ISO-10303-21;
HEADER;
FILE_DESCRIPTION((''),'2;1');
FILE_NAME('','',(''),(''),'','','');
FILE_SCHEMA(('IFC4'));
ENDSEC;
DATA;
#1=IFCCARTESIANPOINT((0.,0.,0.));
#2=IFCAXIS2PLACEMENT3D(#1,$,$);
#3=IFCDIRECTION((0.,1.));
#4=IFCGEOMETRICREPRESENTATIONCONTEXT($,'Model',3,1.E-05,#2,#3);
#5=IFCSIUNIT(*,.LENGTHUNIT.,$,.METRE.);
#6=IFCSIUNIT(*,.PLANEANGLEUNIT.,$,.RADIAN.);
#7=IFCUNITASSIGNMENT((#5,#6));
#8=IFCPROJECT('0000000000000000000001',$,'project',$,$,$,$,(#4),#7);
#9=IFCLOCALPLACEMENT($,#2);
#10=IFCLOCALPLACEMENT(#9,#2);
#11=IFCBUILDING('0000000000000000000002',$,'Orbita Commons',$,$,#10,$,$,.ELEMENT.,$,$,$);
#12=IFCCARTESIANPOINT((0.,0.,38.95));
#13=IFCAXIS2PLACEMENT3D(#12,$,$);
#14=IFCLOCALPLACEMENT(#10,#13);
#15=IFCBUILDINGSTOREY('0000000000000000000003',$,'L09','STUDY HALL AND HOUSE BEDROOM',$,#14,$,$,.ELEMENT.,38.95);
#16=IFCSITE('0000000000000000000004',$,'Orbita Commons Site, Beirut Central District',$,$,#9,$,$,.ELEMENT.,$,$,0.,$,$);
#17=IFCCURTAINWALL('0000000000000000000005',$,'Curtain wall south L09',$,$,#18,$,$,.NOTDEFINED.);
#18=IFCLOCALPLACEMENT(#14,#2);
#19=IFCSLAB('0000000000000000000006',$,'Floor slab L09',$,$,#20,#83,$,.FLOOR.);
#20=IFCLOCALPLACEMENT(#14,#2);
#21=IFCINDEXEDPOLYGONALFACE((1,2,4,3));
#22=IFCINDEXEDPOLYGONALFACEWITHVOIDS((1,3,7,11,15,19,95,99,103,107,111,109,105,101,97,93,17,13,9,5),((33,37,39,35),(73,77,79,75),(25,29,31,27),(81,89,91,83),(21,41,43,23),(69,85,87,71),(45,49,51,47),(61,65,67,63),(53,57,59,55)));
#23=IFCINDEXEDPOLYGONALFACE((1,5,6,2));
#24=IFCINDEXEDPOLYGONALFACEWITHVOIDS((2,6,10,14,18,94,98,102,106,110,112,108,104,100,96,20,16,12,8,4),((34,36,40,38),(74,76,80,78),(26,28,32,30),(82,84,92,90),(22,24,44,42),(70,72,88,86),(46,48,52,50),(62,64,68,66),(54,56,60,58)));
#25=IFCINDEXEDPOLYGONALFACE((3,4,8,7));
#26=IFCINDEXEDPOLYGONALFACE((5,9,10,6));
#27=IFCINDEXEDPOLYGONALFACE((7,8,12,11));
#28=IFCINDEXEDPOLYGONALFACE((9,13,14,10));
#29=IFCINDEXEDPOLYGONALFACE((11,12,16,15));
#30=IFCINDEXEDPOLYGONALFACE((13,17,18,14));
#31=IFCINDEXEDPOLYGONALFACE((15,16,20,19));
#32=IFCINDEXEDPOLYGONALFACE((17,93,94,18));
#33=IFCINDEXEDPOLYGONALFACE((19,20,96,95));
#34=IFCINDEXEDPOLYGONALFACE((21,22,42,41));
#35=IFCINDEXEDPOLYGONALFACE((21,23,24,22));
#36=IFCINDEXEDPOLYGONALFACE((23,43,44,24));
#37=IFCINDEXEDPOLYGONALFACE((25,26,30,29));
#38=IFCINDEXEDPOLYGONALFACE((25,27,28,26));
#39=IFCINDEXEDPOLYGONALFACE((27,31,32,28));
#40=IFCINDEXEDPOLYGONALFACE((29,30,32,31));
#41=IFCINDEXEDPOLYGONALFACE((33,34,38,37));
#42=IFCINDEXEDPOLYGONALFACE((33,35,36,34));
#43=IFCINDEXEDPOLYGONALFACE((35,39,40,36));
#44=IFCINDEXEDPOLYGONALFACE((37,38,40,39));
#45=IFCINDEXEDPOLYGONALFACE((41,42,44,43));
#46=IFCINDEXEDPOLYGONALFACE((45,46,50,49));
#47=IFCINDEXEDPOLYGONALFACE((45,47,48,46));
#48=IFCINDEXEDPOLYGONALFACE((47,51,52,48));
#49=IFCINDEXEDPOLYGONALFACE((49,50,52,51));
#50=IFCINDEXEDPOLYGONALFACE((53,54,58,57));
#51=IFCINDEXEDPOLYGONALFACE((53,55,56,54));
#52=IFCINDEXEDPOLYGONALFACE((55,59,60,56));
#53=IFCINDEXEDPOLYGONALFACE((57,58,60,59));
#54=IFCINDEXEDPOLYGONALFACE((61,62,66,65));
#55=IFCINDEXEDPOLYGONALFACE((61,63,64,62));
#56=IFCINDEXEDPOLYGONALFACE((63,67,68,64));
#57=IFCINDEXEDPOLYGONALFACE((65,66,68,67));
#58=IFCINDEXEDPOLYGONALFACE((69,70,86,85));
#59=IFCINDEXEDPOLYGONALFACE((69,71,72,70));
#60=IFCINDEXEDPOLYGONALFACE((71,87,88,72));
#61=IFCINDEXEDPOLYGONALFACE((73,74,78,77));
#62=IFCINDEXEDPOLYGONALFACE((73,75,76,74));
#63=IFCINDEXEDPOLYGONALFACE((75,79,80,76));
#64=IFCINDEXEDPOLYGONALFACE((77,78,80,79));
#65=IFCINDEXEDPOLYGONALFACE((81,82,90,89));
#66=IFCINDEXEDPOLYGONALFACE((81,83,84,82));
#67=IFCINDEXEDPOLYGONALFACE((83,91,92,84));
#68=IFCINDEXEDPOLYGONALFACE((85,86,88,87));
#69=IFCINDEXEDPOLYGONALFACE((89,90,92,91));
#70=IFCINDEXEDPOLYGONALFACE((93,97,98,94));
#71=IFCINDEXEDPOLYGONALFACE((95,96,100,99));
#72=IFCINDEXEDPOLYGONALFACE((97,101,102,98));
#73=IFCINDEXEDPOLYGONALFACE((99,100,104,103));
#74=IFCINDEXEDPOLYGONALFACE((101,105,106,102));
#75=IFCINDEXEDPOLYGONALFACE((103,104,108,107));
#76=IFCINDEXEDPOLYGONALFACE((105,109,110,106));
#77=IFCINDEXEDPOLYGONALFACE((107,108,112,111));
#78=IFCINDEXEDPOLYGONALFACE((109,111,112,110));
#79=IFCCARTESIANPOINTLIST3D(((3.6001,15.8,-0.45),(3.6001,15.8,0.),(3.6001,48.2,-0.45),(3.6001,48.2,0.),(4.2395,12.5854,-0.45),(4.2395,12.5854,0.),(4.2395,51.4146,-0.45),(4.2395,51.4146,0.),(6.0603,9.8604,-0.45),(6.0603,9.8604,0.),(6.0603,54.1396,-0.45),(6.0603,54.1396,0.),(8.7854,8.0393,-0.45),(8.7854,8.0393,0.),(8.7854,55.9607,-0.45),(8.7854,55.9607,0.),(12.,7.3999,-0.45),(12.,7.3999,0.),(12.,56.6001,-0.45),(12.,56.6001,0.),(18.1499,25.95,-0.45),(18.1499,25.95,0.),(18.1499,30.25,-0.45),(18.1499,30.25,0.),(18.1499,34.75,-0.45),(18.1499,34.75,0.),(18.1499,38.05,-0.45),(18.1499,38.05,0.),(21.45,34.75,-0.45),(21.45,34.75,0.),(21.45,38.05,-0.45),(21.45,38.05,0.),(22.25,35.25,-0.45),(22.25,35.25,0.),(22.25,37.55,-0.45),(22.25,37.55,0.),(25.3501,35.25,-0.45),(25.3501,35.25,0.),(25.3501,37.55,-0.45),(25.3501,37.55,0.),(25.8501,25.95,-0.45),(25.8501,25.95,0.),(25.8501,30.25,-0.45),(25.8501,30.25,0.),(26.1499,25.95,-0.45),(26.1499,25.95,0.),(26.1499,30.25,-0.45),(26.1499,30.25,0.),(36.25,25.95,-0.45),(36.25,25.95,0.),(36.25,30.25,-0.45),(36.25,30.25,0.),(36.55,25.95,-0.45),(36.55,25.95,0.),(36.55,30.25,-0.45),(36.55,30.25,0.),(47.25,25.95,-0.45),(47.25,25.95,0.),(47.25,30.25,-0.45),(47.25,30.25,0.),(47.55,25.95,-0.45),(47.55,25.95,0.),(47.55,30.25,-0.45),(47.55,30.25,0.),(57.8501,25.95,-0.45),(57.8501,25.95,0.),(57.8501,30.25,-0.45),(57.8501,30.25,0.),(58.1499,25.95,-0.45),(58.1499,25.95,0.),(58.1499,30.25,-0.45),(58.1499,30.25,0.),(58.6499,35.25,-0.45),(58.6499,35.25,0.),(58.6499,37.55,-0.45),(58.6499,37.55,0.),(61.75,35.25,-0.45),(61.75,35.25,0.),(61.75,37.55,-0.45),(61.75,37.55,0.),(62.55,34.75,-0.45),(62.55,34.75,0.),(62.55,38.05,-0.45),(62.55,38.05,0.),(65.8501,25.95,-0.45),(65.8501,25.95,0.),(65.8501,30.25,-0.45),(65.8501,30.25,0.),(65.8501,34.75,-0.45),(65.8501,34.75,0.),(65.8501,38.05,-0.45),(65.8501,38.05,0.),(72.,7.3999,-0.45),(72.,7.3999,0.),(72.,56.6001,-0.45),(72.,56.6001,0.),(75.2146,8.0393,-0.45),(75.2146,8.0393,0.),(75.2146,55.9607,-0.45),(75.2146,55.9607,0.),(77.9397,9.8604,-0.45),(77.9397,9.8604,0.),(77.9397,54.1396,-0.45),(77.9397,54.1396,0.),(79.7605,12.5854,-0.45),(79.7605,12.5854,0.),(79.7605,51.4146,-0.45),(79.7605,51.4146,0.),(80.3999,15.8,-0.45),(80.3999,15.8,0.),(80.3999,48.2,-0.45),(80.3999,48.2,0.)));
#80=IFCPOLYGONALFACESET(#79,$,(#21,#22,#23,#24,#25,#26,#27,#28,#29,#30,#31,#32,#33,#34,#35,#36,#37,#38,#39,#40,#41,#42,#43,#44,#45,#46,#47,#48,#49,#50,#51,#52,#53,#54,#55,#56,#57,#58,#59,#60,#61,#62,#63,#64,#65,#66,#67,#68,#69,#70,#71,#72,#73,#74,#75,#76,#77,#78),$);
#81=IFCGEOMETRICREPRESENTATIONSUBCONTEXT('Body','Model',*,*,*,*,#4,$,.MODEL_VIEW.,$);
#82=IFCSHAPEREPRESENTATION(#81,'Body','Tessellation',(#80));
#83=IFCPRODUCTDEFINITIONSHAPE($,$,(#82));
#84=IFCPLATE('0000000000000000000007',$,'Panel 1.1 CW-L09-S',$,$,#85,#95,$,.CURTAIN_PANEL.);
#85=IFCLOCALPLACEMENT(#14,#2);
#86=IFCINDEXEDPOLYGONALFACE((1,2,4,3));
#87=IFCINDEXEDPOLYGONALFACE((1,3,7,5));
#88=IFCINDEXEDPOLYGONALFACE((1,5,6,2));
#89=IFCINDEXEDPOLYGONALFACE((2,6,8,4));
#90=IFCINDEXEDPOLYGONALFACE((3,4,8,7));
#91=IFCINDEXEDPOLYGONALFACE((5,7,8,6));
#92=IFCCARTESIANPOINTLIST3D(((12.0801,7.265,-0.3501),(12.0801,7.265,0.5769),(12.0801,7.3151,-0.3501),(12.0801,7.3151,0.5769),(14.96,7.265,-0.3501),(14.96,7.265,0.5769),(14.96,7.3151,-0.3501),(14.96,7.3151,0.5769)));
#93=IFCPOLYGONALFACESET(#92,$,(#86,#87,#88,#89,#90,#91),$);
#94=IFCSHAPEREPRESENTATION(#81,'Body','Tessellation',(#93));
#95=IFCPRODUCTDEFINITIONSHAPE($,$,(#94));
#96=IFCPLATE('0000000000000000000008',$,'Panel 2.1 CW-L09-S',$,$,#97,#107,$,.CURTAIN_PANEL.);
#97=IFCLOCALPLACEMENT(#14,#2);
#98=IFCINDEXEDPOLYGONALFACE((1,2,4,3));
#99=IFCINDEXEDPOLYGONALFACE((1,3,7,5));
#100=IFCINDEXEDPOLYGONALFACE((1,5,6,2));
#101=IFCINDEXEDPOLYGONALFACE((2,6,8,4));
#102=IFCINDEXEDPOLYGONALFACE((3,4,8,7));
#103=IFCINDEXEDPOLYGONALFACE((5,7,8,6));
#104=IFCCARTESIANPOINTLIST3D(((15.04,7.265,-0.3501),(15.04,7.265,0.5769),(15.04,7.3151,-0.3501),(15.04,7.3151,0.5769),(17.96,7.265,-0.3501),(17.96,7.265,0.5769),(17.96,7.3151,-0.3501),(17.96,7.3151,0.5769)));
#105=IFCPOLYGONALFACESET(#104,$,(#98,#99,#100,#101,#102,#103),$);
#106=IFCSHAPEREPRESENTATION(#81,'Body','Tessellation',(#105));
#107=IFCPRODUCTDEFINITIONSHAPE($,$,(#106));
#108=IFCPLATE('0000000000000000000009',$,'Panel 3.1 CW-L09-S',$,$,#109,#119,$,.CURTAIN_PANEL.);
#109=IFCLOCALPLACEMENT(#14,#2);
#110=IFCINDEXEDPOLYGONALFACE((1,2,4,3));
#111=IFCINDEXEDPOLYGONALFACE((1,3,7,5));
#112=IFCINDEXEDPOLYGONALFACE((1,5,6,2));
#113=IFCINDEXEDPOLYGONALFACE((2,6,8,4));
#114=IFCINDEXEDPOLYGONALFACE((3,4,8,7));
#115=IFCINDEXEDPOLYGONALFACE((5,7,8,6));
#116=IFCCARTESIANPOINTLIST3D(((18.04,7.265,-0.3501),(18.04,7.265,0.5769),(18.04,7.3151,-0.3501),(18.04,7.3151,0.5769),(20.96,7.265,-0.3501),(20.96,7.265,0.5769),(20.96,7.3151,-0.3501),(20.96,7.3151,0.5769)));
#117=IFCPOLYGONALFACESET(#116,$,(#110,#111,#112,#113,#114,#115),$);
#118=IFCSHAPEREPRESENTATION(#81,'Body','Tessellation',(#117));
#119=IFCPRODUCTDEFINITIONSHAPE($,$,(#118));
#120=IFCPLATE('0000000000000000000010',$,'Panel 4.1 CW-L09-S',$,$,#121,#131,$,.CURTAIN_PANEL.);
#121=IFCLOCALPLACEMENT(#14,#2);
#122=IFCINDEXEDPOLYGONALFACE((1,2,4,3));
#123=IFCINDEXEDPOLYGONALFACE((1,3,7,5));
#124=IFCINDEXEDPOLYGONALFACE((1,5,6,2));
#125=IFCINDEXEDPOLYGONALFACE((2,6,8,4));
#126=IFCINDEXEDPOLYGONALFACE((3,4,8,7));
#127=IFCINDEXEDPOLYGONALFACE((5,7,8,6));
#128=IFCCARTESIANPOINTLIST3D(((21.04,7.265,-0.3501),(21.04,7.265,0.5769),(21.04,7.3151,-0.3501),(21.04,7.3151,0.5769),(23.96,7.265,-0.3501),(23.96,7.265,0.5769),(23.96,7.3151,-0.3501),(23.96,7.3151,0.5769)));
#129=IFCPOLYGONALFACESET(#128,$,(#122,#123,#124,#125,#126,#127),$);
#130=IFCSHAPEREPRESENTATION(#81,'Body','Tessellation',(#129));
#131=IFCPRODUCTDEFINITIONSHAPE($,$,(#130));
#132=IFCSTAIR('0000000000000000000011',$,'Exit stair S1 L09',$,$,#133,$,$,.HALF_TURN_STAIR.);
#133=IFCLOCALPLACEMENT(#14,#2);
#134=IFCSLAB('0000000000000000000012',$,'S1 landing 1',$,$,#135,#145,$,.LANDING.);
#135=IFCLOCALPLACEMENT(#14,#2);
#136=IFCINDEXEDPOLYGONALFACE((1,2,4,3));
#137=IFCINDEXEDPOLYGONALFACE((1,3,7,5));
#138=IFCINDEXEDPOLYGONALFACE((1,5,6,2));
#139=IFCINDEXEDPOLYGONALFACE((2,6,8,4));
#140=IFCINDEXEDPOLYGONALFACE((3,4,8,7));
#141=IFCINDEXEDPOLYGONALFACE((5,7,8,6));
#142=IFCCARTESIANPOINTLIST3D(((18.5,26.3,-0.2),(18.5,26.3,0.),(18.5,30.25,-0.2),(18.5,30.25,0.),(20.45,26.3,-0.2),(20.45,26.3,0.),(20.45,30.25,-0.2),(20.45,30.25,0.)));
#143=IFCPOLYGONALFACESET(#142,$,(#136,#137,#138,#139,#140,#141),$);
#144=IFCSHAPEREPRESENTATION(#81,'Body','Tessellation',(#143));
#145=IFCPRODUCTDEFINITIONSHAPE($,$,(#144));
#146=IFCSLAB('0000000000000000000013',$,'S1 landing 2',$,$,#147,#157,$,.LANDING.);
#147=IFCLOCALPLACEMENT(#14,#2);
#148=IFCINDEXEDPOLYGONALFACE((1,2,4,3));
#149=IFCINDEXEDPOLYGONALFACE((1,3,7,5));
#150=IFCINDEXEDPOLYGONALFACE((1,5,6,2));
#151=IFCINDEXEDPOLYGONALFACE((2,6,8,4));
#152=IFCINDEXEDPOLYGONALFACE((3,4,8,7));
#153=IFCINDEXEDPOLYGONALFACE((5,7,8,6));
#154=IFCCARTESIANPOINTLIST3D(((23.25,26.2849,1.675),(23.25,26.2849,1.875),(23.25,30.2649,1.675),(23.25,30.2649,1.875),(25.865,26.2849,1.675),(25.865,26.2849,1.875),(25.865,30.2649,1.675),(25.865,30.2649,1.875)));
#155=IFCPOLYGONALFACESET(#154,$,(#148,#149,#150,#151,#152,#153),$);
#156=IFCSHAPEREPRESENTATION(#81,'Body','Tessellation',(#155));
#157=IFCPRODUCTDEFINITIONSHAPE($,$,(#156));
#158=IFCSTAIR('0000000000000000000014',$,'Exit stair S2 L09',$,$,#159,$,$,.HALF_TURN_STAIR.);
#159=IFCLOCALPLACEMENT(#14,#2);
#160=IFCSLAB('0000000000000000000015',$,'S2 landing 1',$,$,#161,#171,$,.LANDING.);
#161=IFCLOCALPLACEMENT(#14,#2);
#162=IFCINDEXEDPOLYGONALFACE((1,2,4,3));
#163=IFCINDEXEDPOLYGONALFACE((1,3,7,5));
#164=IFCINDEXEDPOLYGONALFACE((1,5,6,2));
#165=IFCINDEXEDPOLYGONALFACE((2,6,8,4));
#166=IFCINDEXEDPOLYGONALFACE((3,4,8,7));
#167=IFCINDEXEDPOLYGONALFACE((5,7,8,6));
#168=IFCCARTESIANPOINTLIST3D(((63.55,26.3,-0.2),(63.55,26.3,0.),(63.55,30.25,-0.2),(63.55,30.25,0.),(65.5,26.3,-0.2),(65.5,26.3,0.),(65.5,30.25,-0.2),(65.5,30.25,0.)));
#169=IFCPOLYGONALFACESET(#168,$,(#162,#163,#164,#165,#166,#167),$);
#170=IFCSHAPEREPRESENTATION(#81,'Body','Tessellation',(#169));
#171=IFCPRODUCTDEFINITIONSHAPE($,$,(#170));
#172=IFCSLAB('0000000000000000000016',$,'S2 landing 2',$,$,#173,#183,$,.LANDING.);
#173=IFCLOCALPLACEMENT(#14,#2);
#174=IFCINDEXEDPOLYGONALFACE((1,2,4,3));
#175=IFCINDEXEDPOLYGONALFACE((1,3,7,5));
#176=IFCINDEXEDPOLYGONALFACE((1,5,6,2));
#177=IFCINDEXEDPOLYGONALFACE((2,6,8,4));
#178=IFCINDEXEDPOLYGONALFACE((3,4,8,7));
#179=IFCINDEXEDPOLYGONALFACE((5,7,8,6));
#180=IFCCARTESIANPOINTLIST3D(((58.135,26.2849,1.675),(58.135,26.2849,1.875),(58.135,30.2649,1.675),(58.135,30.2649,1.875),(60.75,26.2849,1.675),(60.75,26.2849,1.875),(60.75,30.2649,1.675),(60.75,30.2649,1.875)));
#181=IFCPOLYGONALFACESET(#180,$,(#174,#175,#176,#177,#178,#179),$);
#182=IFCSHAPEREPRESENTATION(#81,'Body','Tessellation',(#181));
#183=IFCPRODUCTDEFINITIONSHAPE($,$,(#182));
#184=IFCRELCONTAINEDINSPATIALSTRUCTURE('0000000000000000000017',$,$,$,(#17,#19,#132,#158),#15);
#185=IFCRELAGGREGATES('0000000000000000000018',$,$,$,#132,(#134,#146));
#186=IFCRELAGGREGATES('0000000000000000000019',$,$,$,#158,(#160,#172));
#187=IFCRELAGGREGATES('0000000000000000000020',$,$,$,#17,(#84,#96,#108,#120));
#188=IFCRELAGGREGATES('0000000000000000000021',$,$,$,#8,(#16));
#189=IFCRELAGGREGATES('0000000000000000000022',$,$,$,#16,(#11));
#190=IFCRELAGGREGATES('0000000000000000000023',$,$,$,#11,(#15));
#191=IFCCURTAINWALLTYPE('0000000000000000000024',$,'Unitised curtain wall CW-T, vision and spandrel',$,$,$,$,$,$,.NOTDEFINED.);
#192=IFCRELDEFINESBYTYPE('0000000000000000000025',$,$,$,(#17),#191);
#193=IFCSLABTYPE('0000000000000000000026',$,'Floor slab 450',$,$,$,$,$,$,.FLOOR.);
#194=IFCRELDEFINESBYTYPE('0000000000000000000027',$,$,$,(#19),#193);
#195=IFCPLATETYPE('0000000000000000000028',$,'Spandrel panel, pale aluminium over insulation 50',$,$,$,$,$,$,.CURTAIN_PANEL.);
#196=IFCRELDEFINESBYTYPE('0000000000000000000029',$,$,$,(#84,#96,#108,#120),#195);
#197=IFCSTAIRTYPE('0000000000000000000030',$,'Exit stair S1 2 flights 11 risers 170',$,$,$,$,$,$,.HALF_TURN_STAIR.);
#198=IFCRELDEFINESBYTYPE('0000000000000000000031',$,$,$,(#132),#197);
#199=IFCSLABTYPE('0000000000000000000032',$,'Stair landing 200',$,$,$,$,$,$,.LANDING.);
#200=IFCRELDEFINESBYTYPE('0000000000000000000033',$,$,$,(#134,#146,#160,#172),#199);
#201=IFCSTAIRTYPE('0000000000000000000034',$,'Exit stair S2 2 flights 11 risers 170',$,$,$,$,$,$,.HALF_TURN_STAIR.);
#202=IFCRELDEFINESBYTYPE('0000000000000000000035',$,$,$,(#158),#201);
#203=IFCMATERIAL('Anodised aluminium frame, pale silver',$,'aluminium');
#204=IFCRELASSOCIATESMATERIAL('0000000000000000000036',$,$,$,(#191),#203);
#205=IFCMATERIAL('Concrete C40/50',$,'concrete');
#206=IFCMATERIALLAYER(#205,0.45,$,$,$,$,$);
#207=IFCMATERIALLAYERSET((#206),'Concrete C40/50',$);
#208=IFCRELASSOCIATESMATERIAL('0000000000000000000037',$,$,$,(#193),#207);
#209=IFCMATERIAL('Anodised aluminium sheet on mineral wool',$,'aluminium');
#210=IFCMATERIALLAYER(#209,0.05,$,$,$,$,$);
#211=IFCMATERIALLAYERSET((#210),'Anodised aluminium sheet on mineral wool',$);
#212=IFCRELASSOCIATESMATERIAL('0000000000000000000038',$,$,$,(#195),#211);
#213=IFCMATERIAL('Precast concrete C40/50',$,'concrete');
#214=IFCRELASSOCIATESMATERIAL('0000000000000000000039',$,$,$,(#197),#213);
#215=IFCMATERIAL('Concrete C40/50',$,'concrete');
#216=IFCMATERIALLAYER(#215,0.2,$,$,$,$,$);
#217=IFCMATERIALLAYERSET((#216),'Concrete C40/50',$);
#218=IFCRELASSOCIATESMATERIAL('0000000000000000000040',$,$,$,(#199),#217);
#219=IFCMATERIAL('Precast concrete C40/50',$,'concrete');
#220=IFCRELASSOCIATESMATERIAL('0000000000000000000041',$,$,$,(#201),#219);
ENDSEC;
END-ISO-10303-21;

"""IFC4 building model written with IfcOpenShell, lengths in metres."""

from ifc_helpers import new_model, si_unit, direction, frame, origin, origin_2d, place, context, subcontext, project, spatial, polyline, rectangle, outline, extrude, material, layer, layer_set, type_object, element, aggregate, save


model = new_model("IFC4")

# Units and contexts
model_context = context("Model", 3, precision=1e-05, world=origin(), true_north=direction((0.0, 1.0)))
body_context = subcontext(model_context, "Body", "Model", "MODEL_VIEW")
ifc_project = project(units=[si_unit("LENGTHUNIT", "METRE"), si_unit("PLANEANGLEUNIT", "RADIAN")], contexts=[model_context])

# Site, building, storey
site_placement = place(None, origin())
site = spatial("IfcSite", under=ifc_project, at=site_placement, Name="Orbita Commons Site, Beirut Central District", CompositionType="ELEMENT", RefElevation=0.0)
building_placement = place(site_placement, origin())
building = spatial("IfcBuilding", under=site, at=building_placement, Name="Orbita Commons", CompositionType="ELEMENT")
storey_placement = place(building_placement, frame((0.0, 0.0, 38.95)))
storey = spatial("IfcBuildingStorey", under=building, at=storey_placement, Name="L09", Description="STUDY HALL AND HOUSE BEDROOM", CompositionType="ELEMENT", Elevation=38.95)

# Curtain wall
ifc_material_1 = material(Name="Anodised aluminium frame, pale silver", Category="aluminium")
curtain_wall_type = type_object("IfcCurtainWallType", Name="Unitised curtain wall CW-T, vision and spandrel", PredefinedType="NOTDEFINED", material=ifc_material_1)
curtain_wall_placement = place(storey_placement, origin())
curtain_wall = element("IfcCurtainWall", 1, at=curtain_wall_placement, inside=storey, type_object=curtain_wall_type, Name="Curtain wall south L09", PredefinedType="NOTDEFINED")

# Slab
ifc_material_2 = material(Name="Concrete C40/50", Category="concrete")
ifc_layer_1 = layer(ifc_material_2, 0.45)
ifc_layer_set_1 = layer_set([ifc_layer_1], Name="Concrete C40/50")
slab_type_1 = type_object("IfcSlabType", Name="Floor slab 450", PredefinedType="FLOOR", material=ifc_layer_set_1)
slab_1_placement = place(storey_placement, frame((0.0, 0.0, -0.45)))
element("IfcSlab", 2, at=slab_1_placement, inside=storey, type_object=slab_type_1, Name="Floor slab L09", PredefinedType="FLOOR", context=body_context, shape_type="SweptSolid", body=[
    extrude(outline(polyline([(72.0, 7.3999), (75.2146, 8.0393), (77.9397, 9.8604), (79.7605, 12.5854), (80.3999, 15.8), (80.3999, 48.2), (79.7605, 51.4146), (77.9397, 54.1396), (75.2146, 55.9607), (72.0, 56.6001), (12.0, 56.6001), (8.7854, 55.9607), (6.0603, 54.1396), (4.2395, 51.4146), (3.6001, 48.2), (3.6001, 15.8), (4.2395, 12.5854), (6.0603, 9.8604), (8.7854, 8.0393), (12.0, 7.3999), (72.0, 7.3999)]), holes=[polyline([(18.1499, 25.95), (25.8501, 25.95), (25.8501, 30.25), (18.1499, 30.25), (18.1499, 25.95)]), polyline([(58.1499, 25.95), (65.8501, 25.95), (65.8501, 30.25), (58.1499, 30.25), (58.1499, 25.95)]), polyline([(18.1499, 34.75), (21.45, 34.75), (21.45, 38.05), (18.1499, 38.05), (18.1499, 34.75)]), polyline([(62.55, 34.75), (65.8501, 34.75), (65.8501, 38.05), (62.55, 38.05), (62.55, 34.75)]), polyline([(22.25, 35.25), (25.3501, 35.25), (25.3501, 37.55), (22.25, 37.55), (22.25, 35.25)]), polyline([(58.6499, 35.25), (61.75, 35.25), (61.75, 37.55), (58.6499, 37.55), (58.6499, 35.25)]), polyline([(26.1499, 25.95), (36.25, 25.95), (36.25, 30.25), (26.1499, 30.25), (26.1499, 25.95)]), polyline([(36.55, 25.95), (47.25, 25.95), (47.25, 30.25), (36.55, 30.25), (36.55, 25.95)]), polyline([(47.55, 25.95), (57.8501, 25.95), (57.8501, 30.25), (47.55, 30.25), (47.55, 25.95)])]), origin(), (0.0, 0.0, 1.0), 0.45),
])

# Plates
ifc_material_3 = material(Name="Anodised aluminium sheet on mineral wool", Category="aluminium")
ifc_layer_2 = layer(ifc_material_3, 0.05)
ifc_layer_set_2 = layer_set([ifc_layer_2], Name="Anodised aluminium sheet on mineral wool")
plate_type_1 = type_object("IfcPlateType", Name="Spandrel panel, pale aluminium over insulation 50", PredefinedType="CURTAIN_PANEL", material=ifc_layer_set_2)
plate_1_placement = place(storey_placement, frame((13.52, 7.29, -0.3501), z_axis=(0.0, 0.0, 1.0), x_axis=(1.0, 0.0, 0.0)))
plate_1 = element("IfcPlate", 3, at=plate_1_placement, type_object=plate_type_1, Name="Panel 1.1 CW-L09-S", PredefinedType="CURTAIN_PANEL", context=body_context, shape_type="SweptSolid", body=[
    extrude(rectangle(XDim=2.8799, YDim=0.05, at=origin_2d()), origin(), (0.0, 0.0, 1.0), 0.927),
])
plate_2_placement = place(storey_placement, frame((16.5, 7.29, -0.3501), z_axis=(0.0, 0.0, 1.0), x_axis=(1.0, 0.0, 0.0)))
plate_2 = element("IfcPlate", 4, at=plate_2_placement, type_object=plate_type_1, Name="Panel 2.1 CW-L09-S", PredefinedType="CURTAIN_PANEL", context=body_context, shape_type="SweptSolid", body=[
    extrude(rectangle(XDim=2.9199, YDim=0.05, at=origin_2d()), origin(), (0.0, 0.0, 1.0), 0.927),
])
plate_3_placement = place(storey_placement, frame((19.5, 7.29, -0.3501), z_axis=(0.0, 0.0, 1.0), x_axis=(1.0, 0.0, 0.0)))
plate_3 = element("IfcPlate", 5, at=plate_3_placement, type_object=plate_type_1, Name="Panel 3.1 CW-L09-S", PredefinedType="CURTAIN_PANEL", context=body_context, shape_type="SweptSolid", body=[
    extrude(rectangle(XDim=2.9199, YDim=0.05, at=origin_2d()), origin(), (0.0, 0.0, 1.0), 0.927),
])
plate_4_placement = place(storey_placement, frame((22.5, 7.29, -0.3501), z_axis=(0.0, 0.0, 1.0), x_axis=(1.0, 0.0, 0.0)))
plate_4 = element("IfcPlate", 6, at=plate_4_placement, type_object=plate_type_1, Name="Panel 4.1 CW-L09-S", PredefinedType="CURTAIN_PANEL", context=body_context, shape_type="SweptSolid", body=[
    extrude(rectangle(XDim=2.9199, YDim=0.05, at=origin_2d()), origin(), (0.0, 0.0, 1.0), 0.927),
])

# Stairs, slabs
ifc_material_4 = material(Name="Precast concrete C40/50", Category="concrete")
stair_type_1 = type_object("IfcStairType", Name="Exit stair S1 2 flights 11 risers 170", PredefinedType="HALF_TURN_STAIR", material=ifc_material_4)
stair_1_placement = place(storey_placement, origin())
stair_1 = element("IfcStair", 7, at=stair_1_placement, inside=storey, type_object=stair_type_1, Name="Exit stair S1 L09", PredefinedType="HALF_TURN_STAIR")
ifc_material_5 = material(Name="Concrete C40/50", Category="concrete")
ifc_layer_3 = layer(ifc_material_5, 0.2)
ifc_layer_set_3 = layer_set([ifc_layer_3], Name="Concrete C40/50")
slab_type_2 = type_object("IfcSlabType", Name="Stair landing 200", PredefinedType="LANDING", material=ifc_layer_set_3)
slab_2_placement = place(storey_placement, frame((0.0, 0.0, -0.2)))
slab_2 = element("IfcSlab", 8, at=slab_2_placement, type_object=slab_type_2, Name="S1 landing 1", PredefinedType="LANDING", context=body_context, shape_type="SweptSolid", body=[
    extrude(outline(polyline([(18.5, 26.3), (20.45, 26.3), (20.45, 30.25), (18.5, 30.25), (18.5, 26.3)])), origin(), (0.0, 0.0, 1.0), 0.2),
])
slab_3_placement = place(storey_placement, frame((0.0, 0.0, 1.675)))
slab_3 = element("IfcSlab", 9, at=slab_3_placement, type_object=slab_type_2, Name="S1 landing 2", PredefinedType="LANDING", context=body_context, shape_type="SweptSolid", body=[
    extrude(outline(polyline([(23.25, 26.2849), (25.865, 26.2849), (25.865, 30.2649), (23.25, 30.2649), (23.25, 26.2849)])), origin(), (0.0, 0.0, 1.0), 0.2),
])
aggregate(stair_1, [slab_2, slab_3])
ifc_material_6 = material(Name="Precast concrete C40/50", Category="concrete")
stair_type_2 = type_object("IfcStairType", Name="Exit stair S2 2 flights 11 risers 170", PredefinedType="HALF_TURN_STAIR", material=ifc_material_6)
stair_2_placement = place(storey_placement, origin())
stair_2 = element("IfcStair", 10, at=stair_2_placement, inside=storey, type_object=stair_type_2, Name="Exit stair S2 L09", PredefinedType="HALF_TURN_STAIR")
slab_4_placement = place(storey_placement, frame((0.0, 0.0, -0.2)))
slab_4 = element("IfcSlab", 11, at=slab_4_placement, type_object=slab_type_2, Name="S2 landing 1", PredefinedType="LANDING", context=body_context, shape_type="SweptSolid", body=[
    extrude(outline(polyline([(63.55, 26.3), (65.5, 26.3), (65.5, 30.25), (63.55, 30.25), (63.55, 26.3)])), origin(), (0.0, 0.0, 1.0), 0.2),
])
slab_5_placement = place(storey_placement, frame((0.0, 0.0, 1.675)))
slab_5 = element("IfcSlab", 12, at=slab_5_placement, type_object=slab_type_2, Name="S2 landing 2", PredefinedType="LANDING", context=body_context, shape_type="SweptSolid", body=[
    extrude(outline(polyline([(58.135, 26.2849), (60.75, 26.2849), (60.75, 30.2649), (58.135, 30.2649), (58.135, 26.2849)])), origin(), (0.0, 0.0, 1.0), 0.2),
])
aggregate(stair_2, [slab_4, slab_5])

aggregate(curtain_wall, [plate_1, plate_2, plate_3, plate_4])

save(model, "model.ifc")
